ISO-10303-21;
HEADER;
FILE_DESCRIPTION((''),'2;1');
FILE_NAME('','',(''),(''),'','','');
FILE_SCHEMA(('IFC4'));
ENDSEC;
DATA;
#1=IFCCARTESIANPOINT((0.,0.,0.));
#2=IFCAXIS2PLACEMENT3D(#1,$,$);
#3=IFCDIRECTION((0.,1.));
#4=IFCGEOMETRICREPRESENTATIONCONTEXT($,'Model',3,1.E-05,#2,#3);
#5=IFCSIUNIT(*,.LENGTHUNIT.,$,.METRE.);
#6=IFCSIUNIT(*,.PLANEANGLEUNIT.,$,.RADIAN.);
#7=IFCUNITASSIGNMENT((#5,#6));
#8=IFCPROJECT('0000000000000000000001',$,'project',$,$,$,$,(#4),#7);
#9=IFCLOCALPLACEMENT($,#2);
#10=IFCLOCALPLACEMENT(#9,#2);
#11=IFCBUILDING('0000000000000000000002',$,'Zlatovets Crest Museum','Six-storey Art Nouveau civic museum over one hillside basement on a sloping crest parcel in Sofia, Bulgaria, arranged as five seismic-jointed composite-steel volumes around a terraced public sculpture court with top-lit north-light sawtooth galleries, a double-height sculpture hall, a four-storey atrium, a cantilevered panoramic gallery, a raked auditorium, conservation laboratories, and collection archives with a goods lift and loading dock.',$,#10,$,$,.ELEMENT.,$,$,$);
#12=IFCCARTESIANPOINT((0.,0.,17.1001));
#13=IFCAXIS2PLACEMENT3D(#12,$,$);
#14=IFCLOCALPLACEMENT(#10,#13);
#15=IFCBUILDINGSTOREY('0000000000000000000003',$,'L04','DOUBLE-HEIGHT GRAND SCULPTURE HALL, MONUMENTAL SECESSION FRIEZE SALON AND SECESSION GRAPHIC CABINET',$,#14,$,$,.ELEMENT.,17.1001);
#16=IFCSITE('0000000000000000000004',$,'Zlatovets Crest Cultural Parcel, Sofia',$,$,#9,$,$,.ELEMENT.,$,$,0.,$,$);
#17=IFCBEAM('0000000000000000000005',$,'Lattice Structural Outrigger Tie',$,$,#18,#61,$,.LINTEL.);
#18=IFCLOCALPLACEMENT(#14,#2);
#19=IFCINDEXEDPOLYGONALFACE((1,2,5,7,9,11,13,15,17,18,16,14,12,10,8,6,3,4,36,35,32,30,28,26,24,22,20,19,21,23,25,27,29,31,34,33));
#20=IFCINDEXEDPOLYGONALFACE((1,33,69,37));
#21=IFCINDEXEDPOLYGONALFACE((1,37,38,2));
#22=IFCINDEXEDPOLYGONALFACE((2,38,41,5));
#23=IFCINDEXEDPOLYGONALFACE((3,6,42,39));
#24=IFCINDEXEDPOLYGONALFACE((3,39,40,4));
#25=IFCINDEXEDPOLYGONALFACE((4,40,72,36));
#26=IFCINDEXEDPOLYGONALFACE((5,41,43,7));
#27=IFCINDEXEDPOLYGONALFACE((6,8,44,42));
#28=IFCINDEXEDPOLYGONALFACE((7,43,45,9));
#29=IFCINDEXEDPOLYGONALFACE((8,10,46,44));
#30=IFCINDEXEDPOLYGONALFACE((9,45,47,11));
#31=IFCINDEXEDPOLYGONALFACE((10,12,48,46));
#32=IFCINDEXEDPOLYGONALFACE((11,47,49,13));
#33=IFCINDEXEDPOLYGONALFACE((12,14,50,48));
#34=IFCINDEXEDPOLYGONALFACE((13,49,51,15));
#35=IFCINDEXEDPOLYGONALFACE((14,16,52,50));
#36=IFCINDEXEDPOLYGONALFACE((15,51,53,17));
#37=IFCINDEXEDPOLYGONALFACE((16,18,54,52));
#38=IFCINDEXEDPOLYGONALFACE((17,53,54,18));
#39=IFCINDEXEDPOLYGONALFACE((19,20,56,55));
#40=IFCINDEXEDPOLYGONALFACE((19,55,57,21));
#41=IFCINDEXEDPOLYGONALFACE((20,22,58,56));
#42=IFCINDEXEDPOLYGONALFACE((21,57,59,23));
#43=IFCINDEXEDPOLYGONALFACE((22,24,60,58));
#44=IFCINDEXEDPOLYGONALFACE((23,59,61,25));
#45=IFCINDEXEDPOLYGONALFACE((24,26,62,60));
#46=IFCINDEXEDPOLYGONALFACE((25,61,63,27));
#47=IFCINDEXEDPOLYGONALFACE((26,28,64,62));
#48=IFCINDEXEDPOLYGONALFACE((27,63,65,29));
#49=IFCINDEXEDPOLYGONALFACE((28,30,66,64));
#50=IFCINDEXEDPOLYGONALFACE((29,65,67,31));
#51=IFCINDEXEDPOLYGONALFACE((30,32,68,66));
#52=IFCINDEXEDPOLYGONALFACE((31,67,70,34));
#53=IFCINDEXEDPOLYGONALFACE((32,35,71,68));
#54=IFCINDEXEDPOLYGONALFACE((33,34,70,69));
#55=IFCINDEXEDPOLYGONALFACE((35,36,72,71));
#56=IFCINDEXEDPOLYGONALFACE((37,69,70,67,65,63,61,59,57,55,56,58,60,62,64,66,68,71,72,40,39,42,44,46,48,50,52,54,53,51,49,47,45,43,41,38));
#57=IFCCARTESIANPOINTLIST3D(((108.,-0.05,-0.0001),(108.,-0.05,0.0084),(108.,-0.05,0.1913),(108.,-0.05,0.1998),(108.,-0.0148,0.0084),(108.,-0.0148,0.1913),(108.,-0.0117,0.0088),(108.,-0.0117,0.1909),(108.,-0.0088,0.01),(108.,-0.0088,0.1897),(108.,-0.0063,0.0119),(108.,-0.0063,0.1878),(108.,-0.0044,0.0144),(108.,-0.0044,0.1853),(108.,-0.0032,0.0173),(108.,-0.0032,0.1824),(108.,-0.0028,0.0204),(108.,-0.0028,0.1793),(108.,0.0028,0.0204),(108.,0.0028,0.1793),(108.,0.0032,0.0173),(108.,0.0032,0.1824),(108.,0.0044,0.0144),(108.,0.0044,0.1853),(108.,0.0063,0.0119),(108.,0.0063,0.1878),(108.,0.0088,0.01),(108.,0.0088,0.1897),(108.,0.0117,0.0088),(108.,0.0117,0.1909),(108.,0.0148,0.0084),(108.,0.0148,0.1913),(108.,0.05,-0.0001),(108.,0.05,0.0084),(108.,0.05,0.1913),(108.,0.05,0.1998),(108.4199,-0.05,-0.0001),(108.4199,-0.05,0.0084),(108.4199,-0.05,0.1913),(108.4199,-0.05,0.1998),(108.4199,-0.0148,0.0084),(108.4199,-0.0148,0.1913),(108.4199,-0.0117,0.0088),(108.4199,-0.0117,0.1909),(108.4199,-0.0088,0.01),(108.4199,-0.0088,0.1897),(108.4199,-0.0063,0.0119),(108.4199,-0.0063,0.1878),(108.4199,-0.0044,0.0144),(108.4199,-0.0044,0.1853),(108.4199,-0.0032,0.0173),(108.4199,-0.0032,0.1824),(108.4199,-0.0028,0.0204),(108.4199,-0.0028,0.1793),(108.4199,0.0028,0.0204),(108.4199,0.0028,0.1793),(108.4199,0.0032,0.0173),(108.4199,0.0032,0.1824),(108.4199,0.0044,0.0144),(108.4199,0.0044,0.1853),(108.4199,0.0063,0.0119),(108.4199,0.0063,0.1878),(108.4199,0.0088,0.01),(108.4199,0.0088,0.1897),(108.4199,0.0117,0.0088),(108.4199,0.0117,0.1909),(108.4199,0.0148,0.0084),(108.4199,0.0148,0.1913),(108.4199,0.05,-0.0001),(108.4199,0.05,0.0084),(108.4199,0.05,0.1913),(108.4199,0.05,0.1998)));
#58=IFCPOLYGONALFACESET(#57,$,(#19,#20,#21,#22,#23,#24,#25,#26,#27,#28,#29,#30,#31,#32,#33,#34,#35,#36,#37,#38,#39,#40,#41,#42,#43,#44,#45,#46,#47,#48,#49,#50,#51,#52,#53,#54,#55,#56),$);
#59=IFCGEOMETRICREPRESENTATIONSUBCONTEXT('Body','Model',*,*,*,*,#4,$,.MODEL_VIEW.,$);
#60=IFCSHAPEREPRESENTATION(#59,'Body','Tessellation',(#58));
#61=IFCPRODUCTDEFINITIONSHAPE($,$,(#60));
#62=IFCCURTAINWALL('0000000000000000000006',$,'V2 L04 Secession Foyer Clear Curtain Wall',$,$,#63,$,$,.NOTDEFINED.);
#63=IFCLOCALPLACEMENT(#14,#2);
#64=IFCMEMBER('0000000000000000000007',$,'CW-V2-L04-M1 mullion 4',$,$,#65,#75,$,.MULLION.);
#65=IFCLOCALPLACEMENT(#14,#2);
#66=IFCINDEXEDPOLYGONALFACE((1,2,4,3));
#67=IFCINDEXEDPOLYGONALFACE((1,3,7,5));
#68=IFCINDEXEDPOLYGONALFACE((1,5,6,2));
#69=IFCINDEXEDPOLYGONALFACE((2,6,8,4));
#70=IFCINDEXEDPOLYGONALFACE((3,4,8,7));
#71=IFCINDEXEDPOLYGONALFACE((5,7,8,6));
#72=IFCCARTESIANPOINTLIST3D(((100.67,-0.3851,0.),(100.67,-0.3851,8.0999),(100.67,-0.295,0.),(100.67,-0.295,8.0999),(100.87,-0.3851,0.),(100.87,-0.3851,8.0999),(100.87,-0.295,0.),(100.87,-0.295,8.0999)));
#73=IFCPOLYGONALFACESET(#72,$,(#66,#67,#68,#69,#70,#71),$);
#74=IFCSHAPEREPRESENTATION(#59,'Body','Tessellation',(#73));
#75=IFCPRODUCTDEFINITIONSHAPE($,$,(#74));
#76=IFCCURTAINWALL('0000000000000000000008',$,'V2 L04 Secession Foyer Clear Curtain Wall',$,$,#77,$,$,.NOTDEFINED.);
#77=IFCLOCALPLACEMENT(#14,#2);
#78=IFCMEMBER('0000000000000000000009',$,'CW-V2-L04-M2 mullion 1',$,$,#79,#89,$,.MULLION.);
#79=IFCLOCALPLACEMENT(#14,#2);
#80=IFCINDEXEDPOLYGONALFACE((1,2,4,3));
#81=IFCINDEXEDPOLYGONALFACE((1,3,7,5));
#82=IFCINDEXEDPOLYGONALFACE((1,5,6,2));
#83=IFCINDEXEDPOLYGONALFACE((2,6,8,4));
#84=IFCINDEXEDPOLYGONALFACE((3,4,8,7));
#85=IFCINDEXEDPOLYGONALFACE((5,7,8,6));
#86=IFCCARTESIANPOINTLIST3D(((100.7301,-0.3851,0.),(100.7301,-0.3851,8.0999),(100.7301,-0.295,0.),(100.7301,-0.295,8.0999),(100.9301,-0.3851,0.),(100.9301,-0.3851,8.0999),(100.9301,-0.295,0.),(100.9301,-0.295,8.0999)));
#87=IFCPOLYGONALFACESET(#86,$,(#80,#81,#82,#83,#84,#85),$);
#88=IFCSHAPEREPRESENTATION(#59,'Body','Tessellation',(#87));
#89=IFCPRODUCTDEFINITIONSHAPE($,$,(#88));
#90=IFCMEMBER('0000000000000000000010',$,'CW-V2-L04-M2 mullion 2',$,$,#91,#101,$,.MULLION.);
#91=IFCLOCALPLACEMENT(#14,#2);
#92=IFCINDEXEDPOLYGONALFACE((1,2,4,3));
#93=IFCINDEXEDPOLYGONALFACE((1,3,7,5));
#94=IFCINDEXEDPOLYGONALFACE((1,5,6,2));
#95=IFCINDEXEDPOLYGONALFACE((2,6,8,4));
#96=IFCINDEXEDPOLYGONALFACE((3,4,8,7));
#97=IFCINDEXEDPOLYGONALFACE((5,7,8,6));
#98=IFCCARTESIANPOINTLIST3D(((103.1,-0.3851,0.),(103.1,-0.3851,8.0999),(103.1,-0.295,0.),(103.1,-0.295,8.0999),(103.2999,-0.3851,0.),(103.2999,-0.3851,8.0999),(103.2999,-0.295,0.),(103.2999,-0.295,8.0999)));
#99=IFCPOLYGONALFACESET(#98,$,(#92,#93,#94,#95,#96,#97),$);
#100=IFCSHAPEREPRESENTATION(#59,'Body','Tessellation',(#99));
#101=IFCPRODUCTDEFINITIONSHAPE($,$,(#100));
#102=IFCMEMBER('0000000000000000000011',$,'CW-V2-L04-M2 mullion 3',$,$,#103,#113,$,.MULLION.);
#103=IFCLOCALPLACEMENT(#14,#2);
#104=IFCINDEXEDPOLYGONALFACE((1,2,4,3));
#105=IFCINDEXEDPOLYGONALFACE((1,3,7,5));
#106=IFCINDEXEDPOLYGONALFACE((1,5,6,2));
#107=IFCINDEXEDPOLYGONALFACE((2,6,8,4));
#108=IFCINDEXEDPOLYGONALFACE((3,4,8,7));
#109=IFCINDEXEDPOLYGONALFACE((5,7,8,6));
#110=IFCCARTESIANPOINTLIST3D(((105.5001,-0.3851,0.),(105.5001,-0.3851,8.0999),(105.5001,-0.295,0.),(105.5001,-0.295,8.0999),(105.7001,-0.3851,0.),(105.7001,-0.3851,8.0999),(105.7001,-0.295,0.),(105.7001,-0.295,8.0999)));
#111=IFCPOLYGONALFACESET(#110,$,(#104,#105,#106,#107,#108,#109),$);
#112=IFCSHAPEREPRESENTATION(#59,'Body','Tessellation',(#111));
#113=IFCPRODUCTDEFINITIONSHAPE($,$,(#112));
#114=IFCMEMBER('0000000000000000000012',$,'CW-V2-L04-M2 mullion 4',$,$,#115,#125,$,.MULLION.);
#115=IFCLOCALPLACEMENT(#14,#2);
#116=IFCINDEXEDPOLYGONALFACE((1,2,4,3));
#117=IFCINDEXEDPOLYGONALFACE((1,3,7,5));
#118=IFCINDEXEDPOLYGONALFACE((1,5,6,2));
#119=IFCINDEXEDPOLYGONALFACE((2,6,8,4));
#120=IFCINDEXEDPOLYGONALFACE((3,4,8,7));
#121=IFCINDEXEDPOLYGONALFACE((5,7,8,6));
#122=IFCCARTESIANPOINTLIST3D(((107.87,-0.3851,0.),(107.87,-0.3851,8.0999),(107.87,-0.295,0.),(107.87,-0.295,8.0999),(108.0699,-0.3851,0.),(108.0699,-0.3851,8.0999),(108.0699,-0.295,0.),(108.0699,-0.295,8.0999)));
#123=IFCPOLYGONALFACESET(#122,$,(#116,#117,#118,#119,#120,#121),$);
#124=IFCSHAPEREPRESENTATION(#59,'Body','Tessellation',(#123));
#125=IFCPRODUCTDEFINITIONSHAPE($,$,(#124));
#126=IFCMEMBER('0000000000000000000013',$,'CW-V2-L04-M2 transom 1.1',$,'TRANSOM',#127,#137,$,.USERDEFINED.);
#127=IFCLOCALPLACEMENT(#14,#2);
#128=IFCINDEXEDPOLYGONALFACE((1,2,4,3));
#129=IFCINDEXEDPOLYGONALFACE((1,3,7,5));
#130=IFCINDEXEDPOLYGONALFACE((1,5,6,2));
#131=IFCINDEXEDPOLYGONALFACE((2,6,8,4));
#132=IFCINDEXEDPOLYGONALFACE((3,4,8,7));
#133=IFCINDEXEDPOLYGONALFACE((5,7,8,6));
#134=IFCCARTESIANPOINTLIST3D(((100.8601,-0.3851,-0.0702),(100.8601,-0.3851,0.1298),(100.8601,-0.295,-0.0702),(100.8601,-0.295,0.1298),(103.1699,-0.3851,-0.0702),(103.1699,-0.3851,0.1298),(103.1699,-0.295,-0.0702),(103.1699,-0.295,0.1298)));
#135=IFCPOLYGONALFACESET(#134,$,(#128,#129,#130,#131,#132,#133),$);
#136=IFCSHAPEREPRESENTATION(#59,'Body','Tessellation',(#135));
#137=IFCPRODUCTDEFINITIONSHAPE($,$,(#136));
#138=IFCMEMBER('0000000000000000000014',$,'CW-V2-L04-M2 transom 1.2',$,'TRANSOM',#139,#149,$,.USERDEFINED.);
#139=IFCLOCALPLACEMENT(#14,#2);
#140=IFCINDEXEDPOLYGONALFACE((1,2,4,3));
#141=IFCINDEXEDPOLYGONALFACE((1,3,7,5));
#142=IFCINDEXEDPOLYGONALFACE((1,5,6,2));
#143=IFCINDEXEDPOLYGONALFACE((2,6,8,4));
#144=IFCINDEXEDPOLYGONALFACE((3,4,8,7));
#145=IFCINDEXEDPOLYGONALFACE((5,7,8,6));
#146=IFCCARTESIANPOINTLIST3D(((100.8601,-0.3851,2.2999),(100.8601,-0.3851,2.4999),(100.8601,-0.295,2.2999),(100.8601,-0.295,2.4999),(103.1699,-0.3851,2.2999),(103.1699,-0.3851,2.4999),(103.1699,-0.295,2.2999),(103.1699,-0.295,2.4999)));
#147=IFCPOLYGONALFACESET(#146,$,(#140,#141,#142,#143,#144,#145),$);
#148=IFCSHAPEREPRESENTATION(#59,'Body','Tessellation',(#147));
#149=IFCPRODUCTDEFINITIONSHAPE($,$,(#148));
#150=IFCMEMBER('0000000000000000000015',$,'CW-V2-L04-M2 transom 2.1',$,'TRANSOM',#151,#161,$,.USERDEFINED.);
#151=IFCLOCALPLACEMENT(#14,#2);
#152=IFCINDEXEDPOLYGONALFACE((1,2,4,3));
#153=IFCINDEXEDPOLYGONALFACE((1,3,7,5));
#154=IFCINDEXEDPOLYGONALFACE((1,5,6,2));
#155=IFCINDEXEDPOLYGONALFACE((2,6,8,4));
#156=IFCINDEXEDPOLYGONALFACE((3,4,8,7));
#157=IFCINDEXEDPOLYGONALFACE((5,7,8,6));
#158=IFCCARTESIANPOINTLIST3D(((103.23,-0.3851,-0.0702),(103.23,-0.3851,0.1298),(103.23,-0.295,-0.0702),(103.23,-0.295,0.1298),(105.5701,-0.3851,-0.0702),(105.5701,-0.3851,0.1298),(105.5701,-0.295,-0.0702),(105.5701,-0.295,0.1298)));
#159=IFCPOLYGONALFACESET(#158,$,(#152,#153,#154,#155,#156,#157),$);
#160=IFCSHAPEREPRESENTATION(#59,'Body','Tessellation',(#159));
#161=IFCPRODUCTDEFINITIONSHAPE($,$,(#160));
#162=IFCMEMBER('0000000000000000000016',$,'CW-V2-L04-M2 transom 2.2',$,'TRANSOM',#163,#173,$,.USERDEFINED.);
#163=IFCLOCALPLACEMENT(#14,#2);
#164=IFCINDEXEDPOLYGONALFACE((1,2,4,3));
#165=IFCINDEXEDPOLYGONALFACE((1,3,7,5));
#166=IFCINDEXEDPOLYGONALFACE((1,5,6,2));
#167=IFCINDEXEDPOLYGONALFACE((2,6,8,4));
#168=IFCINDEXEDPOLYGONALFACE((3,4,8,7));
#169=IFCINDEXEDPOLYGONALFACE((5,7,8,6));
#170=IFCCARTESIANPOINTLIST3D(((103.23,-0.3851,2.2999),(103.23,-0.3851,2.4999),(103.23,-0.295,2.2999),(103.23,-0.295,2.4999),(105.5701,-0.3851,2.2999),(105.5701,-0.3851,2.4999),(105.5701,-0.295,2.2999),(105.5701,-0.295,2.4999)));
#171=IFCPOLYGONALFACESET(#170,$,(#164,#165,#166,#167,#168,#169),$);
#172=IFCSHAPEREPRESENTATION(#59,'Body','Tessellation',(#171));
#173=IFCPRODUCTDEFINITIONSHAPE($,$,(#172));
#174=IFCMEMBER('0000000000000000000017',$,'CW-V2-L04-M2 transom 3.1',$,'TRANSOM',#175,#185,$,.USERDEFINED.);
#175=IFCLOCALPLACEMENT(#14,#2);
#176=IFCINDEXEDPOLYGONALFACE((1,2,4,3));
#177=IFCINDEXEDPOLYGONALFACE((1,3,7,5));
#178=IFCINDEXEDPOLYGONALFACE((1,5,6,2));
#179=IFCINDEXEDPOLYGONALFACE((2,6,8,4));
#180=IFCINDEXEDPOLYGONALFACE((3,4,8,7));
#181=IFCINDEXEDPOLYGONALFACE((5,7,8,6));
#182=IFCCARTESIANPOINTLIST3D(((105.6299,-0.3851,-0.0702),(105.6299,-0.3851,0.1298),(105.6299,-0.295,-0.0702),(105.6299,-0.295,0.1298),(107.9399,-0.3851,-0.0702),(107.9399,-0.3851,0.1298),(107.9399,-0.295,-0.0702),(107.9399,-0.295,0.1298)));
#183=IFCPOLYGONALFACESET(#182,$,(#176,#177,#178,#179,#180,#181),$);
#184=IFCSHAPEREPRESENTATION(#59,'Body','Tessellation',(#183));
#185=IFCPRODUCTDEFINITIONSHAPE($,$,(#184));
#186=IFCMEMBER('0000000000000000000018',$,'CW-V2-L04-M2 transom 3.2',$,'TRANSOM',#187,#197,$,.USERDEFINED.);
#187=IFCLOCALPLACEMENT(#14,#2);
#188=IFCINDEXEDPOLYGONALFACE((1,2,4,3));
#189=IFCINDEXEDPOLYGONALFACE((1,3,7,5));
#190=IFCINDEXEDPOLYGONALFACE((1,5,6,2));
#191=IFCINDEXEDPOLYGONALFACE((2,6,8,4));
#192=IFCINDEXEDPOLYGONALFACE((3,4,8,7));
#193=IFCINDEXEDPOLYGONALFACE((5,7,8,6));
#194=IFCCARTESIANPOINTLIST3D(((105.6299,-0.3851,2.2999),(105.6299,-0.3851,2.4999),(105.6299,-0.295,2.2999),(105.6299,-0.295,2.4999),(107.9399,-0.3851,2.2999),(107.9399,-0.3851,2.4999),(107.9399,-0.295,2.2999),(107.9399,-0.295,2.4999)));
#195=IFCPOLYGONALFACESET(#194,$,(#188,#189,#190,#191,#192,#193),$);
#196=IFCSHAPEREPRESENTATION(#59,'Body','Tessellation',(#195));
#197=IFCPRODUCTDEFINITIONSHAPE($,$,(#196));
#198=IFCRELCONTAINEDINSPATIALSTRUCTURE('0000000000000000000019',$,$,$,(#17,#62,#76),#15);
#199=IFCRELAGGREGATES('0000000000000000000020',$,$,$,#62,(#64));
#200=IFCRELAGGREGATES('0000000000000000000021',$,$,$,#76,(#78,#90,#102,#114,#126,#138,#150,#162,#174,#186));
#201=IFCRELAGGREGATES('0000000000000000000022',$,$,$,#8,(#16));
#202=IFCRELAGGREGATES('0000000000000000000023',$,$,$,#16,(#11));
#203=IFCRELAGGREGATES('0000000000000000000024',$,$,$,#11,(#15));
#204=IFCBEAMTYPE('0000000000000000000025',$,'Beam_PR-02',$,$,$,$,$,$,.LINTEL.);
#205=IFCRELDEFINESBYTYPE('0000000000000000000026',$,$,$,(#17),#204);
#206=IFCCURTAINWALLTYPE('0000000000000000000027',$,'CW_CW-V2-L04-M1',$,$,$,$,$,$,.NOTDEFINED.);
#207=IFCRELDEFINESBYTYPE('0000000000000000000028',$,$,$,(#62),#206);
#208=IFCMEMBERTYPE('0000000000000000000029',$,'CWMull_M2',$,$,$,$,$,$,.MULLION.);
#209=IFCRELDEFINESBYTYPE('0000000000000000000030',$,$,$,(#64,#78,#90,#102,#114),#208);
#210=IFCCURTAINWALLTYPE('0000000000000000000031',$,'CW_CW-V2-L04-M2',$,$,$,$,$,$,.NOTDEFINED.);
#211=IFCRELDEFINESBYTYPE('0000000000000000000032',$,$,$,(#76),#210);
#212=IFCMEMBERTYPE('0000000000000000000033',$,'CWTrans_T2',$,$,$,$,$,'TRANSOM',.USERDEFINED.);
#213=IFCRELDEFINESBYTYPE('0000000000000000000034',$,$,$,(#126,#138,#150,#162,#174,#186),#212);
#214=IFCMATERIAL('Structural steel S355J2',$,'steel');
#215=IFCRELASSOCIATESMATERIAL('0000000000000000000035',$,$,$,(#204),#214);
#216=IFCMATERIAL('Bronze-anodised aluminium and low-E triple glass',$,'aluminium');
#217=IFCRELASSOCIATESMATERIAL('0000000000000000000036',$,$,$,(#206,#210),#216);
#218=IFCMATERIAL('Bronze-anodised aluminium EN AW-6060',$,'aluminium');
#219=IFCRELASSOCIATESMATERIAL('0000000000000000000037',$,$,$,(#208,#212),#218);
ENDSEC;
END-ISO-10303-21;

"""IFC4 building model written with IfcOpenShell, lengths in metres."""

from ifc_helpers import new_model, si_unit, direction, frame, origin, origin_2d, place, context, subcontext, project, spatial, rectangle, i_section, extrude, material, material_profile, profile_set, type_object, element, aggregate, save


model = new_model("IFC4")

# Units and contexts
model_context = context("Model", 3, precision=1e-05, world=origin(), true_north=direction((0.0, 1.0)))
body_context = subcontext(model_context, "Body", "Model", "MODEL_VIEW")
ifc_project = project(units=[si_unit("LENGTHUNIT", "METRE"), si_unit("PLANEANGLEUNIT", "RADIAN")], contexts=[model_context])

# Site, building, storey
site_placement = place(None, origin())
site = spatial("IfcSite", under=ifc_project, at=site_placement, Name="Zlatovets Crest Cultural Parcel, Sofia", CompositionType="ELEMENT", RefElevation=0.0)
building_placement = place(site_placement, origin())
building = spatial("IfcBuilding", under=site, at=building_placement, Name="Zlatovets Crest Museum", Description="Six-storey Art Nouveau civic museum over one hillside basement on a sloping crest parcel in Sofia, Bulgaria, arranged as five seismic-jointed composite-steel volumes around a terraced public sculpture court with top-lit north-light sawtooth galleries, a double-height sculpture hall, a four-storey atrium, a cantilevered panoramic gallery, a raked auditorium, conservation laboratories, and collection archives with a goods lift and loading dock.", CompositionType="ELEMENT")
storey_placement = place(building_placement, frame((0.0, 0.0, 17.1001)))
storey = spatial("IfcBuildingStorey", under=building, at=storey_placement, Name="L04", Description="DOUBLE-HEIGHT GRAND SCULPTURE HALL, MONUMENTAL SECESSION FRIEZE SALON AND SECESSION GRAPHIC CABINET", CompositionType="ELEMENT", Elevation=17.1001)

# Shared definitions
ifc_material_1 = material(Name="Structural steel S355J2", Category="steel")

# Beam
ifc_material_profile_1 = material_profile(ifc_material_1, i_section(OverallWidth=0.1001, OverallDepth=0.2, WebThickness=0.0056, FlangeThickness=0.0085, FilletRadius=0.012, at=origin_2d()), Name="IPE 200")
ifc_profile_set_1 = profile_set([ifc_material_profile_1], Name="Structural steel S355J2")
beam_type_1 = type_object("IfcBeamType", Name="Beam_PR-02", PredefinedType="LINTEL", material=ifc_profile_set_1)
for number, where, z_axis, x_axis, name in (
    (1, (108.0, 0.0, 0.0999), (1.0, 0.0, 0.0), (0.0, 1.0, 0.0), "Lattice Structural Outrigger Tie"),
):
    element("IfcBeam", number, at=place(storey_placement, frame(where, z_axis=z_axis, x_axis=x_axis)), inside=storey, type_object=beam_type_1, Name=name, PredefinedType="LINTEL", context=body_context, shape_type="SweptSolid", body=[
        extrude(i_section(OverallWidth=0.1001, OverallDepth=0.2, WebThickness=0.0056, FlangeThickness=0.0085, FilletRadius=0.012, at=origin_2d()), origin(), (0.0, 0.0, 1.0), 0.4199),
    ])

# Curtain wall, member
ifc_material_2 = material(Name="Bronze-anodised aluminium and low-E triple glass", Category="aluminium")
curtain_wall_type_1 = type_object("IfcCurtainWallType", Name="CW_CW-V2-L04-M1", PredefinedType="NOTDEFINED", material=ifc_material_2)
curtain_wall_1_placement = place(storey_placement, origin())
curtain_wall_1 = element("IfcCurtainWall", 2, at=curtain_wall_1_placement, inside=storey, type_object=curtain_wall_type_1, Name="V2 L04 Secession Foyer Clear Curtain Wall", PredefinedType="NOTDEFINED")
ifc_material_3 = material(Name="Bronze-anodised aluminium EN AW-6060", Category="aluminium")
ifc_material_profile_2 = material_profile(ifc_material_3, rectangle(XDim=0.0901, YDim=0.2, at=origin_2d()), Name="ALU 90x200")
ifc_profile_set_2 = profile_set([ifc_material_profile_2], Name="Bronze-anodised aluminium EN AW-6060")
member_type_1 = type_object("IfcMemberType", Name="CWMull_M2", PredefinedType="MULLION", material=ifc_profile_set_2)
member_1_placement = place(storey_placement, frame((100.77, -0.3401, 0.0), z_axis=(0.0, 0.0, 1.0), x_axis=(0.0, 1.0, 0.0)))
member_1 = element("IfcMember", 3, at=member_1_placement, type_object=member_type_1, Name="CW-V2-L04-M1 mullion 4", PredefinedType="MULLION", context=body_context, shape_type="SweptSolid", body=[
    extrude(rectangle(XDim=0.0901, YDim=0.2, at=origin_2d()), origin(), (0.0, 0.0, 1.0), 8.0999),
])
aggregate(curtain_wall_1, [member_1])

# Curtain wall, members
curtain_wall_type_2 = type_object("IfcCurtainWallType", Name="CW_CW-V2-L04-M2", PredefinedType="NOTDEFINED", material=ifc_material_2)
curtain_wall_2_placement = place(storey_placement, origin())
curtain_wall_2 = element("IfcCurtainWall", 4, at=curtain_wall_2_placement, inside=storey, type_object=curtain_wall_type_2, Name="V2 L04 Secession Foyer Clear Curtain Wall", PredefinedType="NOTDEFINED")
member_2_placement = place(storey_placement, frame((100.8301, -0.3401, 0.0), z_axis=(0.0, 0.0, 1.0), x_axis=(0.0, 1.0, 0.0)))
member_2 = element("IfcMember", 5, at=member_2_placement, type_object=member_type_1, Name="CW-V2-L04-M2 mullion 1", PredefinedType="MULLION", context=body_context, shape_type="SweptSolid", body=[
    extrude(rectangle(XDim=0.0901, YDim=0.2, at=origin_2d()), origin(), (0.0, 0.0, 1.0), 8.0999),
])
member_3_placement = place(storey_placement, frame((103.2, -0.3401, 0.0), z_axis=(0.0, 0.0, 1.0), x_axis=(0.0, 1.0, 0.0)))
member_3 = element("IfcMember", 6, at=member_3_placement, type_object=member_type_1, Name="CW-V2-L04-M2 mullion 2", PredefinedType="MULLION", context=body_context, shape_type="SweptSolid", body=[
    extrude(rectangle(XDim=0.0901, YDim=0.2, at=origin_2d()), origin(), (0.0, 0.0, 1.0), 8.0999),
])
member_4_placement = place(storey_placement, frame((105.6001, -0.3401, 0.0), z_axis=(0.0, 0.0, 1.0), x_axis=(0.0, 1.0, 0.0)))
member_4 = element("IfcMember", 7, at=member_4_placement, type_object=member_type_1, Name="CW-V2-L04-M2 mullion 3", PredefinedType="MULLION", context=body_context, shape_type="SweptSolid", body=[
    extrude(rectangle(XDim=0.0901, YDim=0.2, at=origin_2d()), origin(), (0.0, 0.0, 1.0), 8.0999),
])
member_5_placement = place(storey_placement, frame((107.97, -0.3401, 0.0), z_axis=(0.0, 0.0, 1.0), x_axis=(0.0, 1.0, 0.0)))
member_5 = element("IfcMember", 8, at=member_5_placement, type_object=member_type_1, Name="CW-V2-L04-M2 mullion 4", PredefinedType="MULLION", context=body_context, shape_type="SweptSolid", body=[
    extrude(rectangle(XDim=0.0901, YDim=0.2, at=origin_2d()), origin(), (0.0, 0.0, 1.0), 8.0999),
])
ifc_material_profile_3 = material_profile(ifc_material_3, rectangle(XDim=0.0901, YDim=0.2, at=origin_2d()), Name="ALU 90x200")
ifc_profile_set_3 = profile_set([ifc_material_profile_3], Name="Bronze-anodised aluminium EN AW-6060")
member_type_2 = type_object("IfcMemberType", Name="CWTrans_T2", ElementType="TRANSOM", PredefinedType="USERDEFINED", material=ifc_profile_set_3)
member_6_placement = place(storey_placement, frame((100.8601, -0.3401, 0.0298), z_axis=(1.0, 0.0, 0.0), x_axis=(0.0, 1.0, 0.0)))
member_6 = element("IfcMember", 9, at=member_6_placement, type_object=member_type_2, Name="CW-V2-L04-M2 transom 1.1", ObjectType="TRANSOM", PredefinedType="USERDEFINED", context=body_context, shape_type="SweptSolid", body=[
    extrude(rectangle(XDim=0.0901, YDim=0.2, at=origin_2d()), origin(), (0.0, 0.0, 1.0), 2.3098),
])
member_7_placement = place(storey_placement, frame((100.8601, -0.3401, 2.3999), z_axis=(1.0, 0.0, 0.0), x_axis=(0.0, 1.0, 0.0)))
member_7 = element("IfcMember", 10, at=member_7_placement, type_object=member_type_2, Name="CW-V2-L04-M2 transom 1.2", ObjectType="TRANSOM", PredefinedType="USERDEFINED", context=body_context, shape_type="SweptSolid", body=[
    extrude(rectangle(XDim=0.0901, YDim=0.2, at=origin_2d()), origin(), (0.0, 0.0, 1.0), 2.3098),
])
member_8_placement = place(storey_placement, frame((103.23, -0.3401, 0.0298), z_axis=(1.0, 0.0, 0.0), x_axis=(0.0, 1.0, 0.0)))
member_8 = element("IfcMember", 11, at=member_8_placement, type_object=member_type_2, Name="CW-V2-L04-M2 transom 2.1", ObjectType="TRANSOM", PredefinedType="USERDEFINED", context=body_context, shape_type="SweptSolid", body=[
    extrude(rectangle(XDim=0.0901, YDim=0.2, at=origin_2d()), origin(), (0.0, 0.0, 1.0), 2.3401),
])
member_9_placement = place(storey_placement, frame((103.23, -0.3401, 2.3999), z_axis=(1.0, 0.0, 0.0), x_axis=(0.0, 1.0, 0.0)))
member_9 = element("IfcMember", 12, at=member_9_placement, type_object=member_type_2, Name="CW-V2-L04-M2 transom 2.2", ObjectType="TRANSOM", PredefinedType="USERDEFINED", context=body_context, shape_type="SweptSolid", body=[
    extrude(rectangle(XDim=0.0901, YDim=0.2, at=origin_2d()), origin(), (0.0, 0.0, 1.0), 2.3401),
])
member_10_placement = place(storey_placement, frame((105.6299, -0.3401, 0.0298), z_axis=(1.0, 0.0, 0.0), x_axis=(0.0, 1.0, 0.0)))
member_10 = element("IfcMember", 13, at=member_10_placement, type_object=member_type_2, Name="CW-V2-L04-M2 transom 3.1", ObjectType="TRANSOM", PredefinedType="USERDEFINED", context=body_context, shape_type="SweptSolid", body=[
    extrude(rectangle(XDim=0.0901, YDim=0.2, at=origin_2d()), origin(), (0.0, 0.0, 1.0), 2.3101),
])
member_11_placement = place(storey_placement, frame((105.6299, -0.3401, 2.3999), z_axis=(1.0, 0.0, 0.0), x_axis=(0.0, 1.0, 0.0)))
member_11 = element("IfcMember", 14, at=member_11_placement, type_object=member_type_2, Name="CW-V2-L04-M2 transom 3.2", ObjectType="TRANSOM", PredefinedType="USERDEFINED", context=body_context, shape_type="SweptSolid", body=[
    extrude(rectangle(XDim=0.0901, YDim=0.2, at=origin_2d()), origin(), (0.0, 0.0, 1.0), 2.3101),
])

aggregate(curtain_wall_2, [member_2, member_3, member_4, member_5, member_6, member_7, member_8, member_9, member_10, member_11])

save(model, "model.ifc")
